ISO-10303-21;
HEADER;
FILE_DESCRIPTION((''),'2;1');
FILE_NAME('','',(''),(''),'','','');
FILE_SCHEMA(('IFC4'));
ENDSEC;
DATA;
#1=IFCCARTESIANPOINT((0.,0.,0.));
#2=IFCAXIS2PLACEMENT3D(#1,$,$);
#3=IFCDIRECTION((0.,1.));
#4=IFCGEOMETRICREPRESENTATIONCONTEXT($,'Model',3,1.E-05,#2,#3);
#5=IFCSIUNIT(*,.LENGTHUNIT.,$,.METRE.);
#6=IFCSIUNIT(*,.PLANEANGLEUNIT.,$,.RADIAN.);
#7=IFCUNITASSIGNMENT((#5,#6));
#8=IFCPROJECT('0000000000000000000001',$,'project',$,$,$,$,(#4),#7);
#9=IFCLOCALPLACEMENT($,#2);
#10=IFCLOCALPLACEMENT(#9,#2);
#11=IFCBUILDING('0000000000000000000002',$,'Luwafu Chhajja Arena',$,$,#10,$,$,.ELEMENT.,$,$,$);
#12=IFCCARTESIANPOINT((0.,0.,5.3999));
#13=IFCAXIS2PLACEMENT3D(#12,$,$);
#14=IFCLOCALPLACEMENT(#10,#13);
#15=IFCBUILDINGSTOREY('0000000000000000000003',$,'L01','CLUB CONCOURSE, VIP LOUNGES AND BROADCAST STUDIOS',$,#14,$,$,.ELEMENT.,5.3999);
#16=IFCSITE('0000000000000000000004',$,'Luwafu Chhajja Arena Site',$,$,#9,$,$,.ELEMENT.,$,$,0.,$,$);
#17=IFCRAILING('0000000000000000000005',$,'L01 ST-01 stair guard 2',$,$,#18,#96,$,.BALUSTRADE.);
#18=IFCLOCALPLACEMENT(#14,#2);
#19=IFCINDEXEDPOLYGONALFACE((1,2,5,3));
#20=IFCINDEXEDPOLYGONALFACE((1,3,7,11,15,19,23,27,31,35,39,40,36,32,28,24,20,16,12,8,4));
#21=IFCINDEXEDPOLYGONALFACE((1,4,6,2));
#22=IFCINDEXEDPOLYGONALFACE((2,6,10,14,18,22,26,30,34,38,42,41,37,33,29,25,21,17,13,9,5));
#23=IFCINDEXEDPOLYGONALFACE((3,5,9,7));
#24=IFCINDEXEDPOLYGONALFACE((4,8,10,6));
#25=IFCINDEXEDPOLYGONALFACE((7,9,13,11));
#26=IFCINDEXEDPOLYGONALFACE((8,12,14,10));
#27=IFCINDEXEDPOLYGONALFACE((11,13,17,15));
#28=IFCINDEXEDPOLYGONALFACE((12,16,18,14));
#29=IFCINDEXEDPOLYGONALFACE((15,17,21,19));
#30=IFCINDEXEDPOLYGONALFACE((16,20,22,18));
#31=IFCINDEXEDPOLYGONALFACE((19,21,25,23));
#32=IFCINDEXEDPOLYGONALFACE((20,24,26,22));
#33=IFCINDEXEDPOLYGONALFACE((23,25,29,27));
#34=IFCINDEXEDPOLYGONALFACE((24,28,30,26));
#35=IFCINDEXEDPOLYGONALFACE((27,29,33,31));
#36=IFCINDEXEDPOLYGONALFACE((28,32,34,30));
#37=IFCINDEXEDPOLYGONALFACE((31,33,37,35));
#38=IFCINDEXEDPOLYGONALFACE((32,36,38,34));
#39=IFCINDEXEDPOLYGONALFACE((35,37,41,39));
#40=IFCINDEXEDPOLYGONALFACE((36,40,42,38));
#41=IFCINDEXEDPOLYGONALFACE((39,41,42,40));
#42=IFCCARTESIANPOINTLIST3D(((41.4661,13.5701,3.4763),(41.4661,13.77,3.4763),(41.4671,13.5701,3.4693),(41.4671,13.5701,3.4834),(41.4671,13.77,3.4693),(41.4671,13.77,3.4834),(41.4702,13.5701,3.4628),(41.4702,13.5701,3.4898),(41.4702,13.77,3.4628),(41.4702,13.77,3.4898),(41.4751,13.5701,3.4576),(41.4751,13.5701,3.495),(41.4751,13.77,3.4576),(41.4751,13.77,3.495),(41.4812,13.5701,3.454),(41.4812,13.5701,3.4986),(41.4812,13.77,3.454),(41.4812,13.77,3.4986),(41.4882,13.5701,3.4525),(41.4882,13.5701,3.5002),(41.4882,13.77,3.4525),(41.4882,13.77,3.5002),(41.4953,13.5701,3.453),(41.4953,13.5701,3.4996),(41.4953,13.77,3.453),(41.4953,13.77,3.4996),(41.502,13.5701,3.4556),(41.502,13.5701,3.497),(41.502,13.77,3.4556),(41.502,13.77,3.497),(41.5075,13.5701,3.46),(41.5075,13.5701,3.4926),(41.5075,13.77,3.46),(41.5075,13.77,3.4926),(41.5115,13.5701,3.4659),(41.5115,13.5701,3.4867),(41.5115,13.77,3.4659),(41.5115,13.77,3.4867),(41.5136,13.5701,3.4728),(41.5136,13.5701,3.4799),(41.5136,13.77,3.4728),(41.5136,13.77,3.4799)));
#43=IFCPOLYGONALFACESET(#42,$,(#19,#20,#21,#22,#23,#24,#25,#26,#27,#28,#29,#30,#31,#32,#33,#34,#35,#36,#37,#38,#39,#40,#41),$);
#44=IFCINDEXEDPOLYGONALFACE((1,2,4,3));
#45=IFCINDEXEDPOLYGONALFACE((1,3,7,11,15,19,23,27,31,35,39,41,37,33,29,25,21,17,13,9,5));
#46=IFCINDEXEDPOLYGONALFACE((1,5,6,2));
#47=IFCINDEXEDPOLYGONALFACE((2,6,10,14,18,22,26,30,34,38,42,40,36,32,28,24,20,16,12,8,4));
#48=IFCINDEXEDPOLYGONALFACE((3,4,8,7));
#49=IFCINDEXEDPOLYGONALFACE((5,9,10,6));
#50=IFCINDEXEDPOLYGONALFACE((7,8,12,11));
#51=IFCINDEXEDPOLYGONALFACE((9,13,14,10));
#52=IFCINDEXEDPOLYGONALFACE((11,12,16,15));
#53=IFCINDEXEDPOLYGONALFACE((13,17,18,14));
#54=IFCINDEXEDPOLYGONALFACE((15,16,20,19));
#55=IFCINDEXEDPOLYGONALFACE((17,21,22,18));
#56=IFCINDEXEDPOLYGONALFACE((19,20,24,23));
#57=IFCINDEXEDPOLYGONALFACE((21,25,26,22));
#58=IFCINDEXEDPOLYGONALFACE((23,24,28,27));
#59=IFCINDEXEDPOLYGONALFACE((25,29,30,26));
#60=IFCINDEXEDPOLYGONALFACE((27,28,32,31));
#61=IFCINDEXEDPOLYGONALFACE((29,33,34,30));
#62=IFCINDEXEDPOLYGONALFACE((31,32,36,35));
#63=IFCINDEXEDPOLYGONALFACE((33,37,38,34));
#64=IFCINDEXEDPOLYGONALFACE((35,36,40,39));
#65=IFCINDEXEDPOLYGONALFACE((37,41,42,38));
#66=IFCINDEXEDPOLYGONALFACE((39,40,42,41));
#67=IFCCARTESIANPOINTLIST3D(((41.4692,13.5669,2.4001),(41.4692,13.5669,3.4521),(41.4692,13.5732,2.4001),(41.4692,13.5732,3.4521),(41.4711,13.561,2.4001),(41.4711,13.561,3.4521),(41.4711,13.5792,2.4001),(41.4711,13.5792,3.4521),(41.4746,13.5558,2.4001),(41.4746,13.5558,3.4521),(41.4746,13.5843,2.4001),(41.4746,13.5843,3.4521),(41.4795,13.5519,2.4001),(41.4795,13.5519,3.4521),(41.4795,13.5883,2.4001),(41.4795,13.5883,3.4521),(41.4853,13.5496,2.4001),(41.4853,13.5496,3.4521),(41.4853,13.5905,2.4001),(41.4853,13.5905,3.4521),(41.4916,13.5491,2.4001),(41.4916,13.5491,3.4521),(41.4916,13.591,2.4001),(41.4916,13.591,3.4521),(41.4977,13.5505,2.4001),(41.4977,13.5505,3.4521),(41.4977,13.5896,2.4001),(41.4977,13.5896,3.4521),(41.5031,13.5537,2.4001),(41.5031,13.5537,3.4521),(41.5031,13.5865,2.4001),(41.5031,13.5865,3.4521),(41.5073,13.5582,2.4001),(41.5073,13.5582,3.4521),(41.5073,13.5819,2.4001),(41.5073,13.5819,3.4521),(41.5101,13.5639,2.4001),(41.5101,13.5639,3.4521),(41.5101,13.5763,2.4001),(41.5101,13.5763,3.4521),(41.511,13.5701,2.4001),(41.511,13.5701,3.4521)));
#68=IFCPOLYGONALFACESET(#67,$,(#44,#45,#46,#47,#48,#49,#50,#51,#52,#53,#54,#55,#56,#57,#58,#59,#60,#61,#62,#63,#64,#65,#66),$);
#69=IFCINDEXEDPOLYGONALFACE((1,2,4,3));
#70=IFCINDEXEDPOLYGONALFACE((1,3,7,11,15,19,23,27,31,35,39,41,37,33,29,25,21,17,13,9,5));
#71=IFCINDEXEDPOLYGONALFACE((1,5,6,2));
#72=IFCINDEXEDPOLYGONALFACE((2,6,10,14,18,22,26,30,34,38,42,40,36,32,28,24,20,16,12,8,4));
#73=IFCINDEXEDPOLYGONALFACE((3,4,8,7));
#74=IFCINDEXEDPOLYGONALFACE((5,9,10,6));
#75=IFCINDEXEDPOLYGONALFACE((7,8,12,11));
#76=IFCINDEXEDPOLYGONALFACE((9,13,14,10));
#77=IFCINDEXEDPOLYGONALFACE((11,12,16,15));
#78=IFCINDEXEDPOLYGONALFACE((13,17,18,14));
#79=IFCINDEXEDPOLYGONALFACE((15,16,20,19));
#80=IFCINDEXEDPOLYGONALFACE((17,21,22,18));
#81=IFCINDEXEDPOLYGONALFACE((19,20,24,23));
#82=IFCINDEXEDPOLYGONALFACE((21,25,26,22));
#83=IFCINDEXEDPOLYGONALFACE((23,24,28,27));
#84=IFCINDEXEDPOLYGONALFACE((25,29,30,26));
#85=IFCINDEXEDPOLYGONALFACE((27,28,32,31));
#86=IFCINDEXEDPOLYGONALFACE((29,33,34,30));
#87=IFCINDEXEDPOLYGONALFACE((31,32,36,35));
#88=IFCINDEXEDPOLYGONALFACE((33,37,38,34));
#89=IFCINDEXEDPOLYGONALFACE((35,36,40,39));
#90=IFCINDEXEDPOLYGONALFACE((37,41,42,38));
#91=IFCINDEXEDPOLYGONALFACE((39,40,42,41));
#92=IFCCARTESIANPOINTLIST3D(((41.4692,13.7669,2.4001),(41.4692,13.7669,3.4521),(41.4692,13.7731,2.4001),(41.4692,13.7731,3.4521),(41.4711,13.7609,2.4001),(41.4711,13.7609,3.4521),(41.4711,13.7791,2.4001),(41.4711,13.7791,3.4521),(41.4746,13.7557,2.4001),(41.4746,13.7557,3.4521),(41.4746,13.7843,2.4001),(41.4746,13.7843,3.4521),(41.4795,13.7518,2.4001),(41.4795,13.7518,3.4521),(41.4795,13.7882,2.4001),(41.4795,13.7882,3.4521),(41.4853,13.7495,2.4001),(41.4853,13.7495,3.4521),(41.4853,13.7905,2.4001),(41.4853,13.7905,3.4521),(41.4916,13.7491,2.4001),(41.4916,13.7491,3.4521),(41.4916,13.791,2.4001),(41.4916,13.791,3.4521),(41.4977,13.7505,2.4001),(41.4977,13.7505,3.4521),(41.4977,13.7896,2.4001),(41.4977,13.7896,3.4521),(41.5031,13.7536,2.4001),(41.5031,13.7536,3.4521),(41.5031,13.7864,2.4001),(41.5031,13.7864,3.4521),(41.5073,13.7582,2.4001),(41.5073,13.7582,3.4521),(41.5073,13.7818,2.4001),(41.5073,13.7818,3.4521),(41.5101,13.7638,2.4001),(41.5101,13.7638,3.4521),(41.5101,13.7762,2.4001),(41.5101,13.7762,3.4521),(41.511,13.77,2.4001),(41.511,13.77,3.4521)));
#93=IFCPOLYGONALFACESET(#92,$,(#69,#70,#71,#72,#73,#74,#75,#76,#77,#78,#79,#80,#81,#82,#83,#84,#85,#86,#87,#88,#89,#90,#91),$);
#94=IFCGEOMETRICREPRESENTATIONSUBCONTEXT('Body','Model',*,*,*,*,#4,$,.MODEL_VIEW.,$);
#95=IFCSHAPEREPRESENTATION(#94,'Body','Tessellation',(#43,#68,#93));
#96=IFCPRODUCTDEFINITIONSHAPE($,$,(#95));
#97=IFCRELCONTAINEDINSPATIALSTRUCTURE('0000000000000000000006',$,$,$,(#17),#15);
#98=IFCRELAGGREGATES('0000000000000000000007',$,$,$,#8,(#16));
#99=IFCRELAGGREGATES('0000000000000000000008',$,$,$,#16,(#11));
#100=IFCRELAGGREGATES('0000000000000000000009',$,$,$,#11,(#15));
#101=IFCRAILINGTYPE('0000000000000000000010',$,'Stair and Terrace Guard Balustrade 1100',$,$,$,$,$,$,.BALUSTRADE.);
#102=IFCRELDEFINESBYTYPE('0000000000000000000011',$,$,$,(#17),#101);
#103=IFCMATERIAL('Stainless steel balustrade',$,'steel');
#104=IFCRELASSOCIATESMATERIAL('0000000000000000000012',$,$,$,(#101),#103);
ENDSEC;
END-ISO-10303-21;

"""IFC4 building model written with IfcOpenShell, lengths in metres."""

from ifc_helpers import new_model, si_unit, direction, frame, origin, origin_2d, place, context, subcontext, project, spatial, circle, extrude, material, type_object, element, save


model = new_model("IFC4")

# Units and contexts
model_context = context("Model", 3, precision=1e-05, world=origin(), true_north=direction((0.0, 1.0)))
body_context = subcontext(model_context, "Body", "Model", "MODEL_VIEW")
ifc_project = project(units=[si_unit("LENGTHUNIT", "METRE"), si_unit("PLANEANGLEUNIT", "RADIAN")], contexts=[model_context])

# Site, building, storey
site_placement = place(None, origin())
site = spatial("IfcSite", under=ifc_project, at=site_placement, Name="Luwafu Chhajja Arena Site", CompositionType="ELEMENT", RefElevation=0.0)
building_placement = place(site_placement, origin())
building = spatial("IfcBuilding", under=site, at=building_placement, Name="Luwafu Chhajja Arena", CompositionType="ELEMENT")
storey_placement = place(building_placement, frame((0.0, 0.0, 5.3999)))
storey = spatial("IfcBuildingStorey", under=building, at=storey_placement, Name="L01", Description="CLUB CONCOURSE, VIP LOUNGES AND BROADCAST STUDIOS", CompositionType="ELEMENT", Elevation=5.3999)

# Railing
ifc_material_1 = material(Name="Stainless steel balustrade", Category="steel")
railing_type_1 = type_object("IfcRailingType", Name="Stair and Terrace Guard Balustrade 1100", PredefinedType="BALUSTRADE", material=ifc_material_1)
railing_1_placement = place(storey_placement, frame((41.49, 13.5701, 2.4001)))
element("IfcRailing", 1, at=railing_1_placement, inside=storey, type_object=railing_type_1, Name="L01 ST-01 stair guard 2", PredefinedType="BALUSTRADE", context=body_context, shape_type="SweptSolid", body=[
    extrude(circle(Radius=0.0239, at=origin_2d()), frame((0.0, 0.0, 1.0762), z_axis=(0.0, 1.0, 0.0), x_axis=(-1.0, 0.0, 0.0)), (0.0, 0.0, 1.0), 0.2),
    extrude(circle(Radius=0.021, at=origin_2d()), origin(), (0.0, 0.0, 1.0), 1.052),
    extrude(circle(Radius=0.021, at=origin_2d()), frame((0.0, 0.2, 0.0)), (0.0, 0.0, 1.0), 1.052),
])

save(model, "model.ifc")
